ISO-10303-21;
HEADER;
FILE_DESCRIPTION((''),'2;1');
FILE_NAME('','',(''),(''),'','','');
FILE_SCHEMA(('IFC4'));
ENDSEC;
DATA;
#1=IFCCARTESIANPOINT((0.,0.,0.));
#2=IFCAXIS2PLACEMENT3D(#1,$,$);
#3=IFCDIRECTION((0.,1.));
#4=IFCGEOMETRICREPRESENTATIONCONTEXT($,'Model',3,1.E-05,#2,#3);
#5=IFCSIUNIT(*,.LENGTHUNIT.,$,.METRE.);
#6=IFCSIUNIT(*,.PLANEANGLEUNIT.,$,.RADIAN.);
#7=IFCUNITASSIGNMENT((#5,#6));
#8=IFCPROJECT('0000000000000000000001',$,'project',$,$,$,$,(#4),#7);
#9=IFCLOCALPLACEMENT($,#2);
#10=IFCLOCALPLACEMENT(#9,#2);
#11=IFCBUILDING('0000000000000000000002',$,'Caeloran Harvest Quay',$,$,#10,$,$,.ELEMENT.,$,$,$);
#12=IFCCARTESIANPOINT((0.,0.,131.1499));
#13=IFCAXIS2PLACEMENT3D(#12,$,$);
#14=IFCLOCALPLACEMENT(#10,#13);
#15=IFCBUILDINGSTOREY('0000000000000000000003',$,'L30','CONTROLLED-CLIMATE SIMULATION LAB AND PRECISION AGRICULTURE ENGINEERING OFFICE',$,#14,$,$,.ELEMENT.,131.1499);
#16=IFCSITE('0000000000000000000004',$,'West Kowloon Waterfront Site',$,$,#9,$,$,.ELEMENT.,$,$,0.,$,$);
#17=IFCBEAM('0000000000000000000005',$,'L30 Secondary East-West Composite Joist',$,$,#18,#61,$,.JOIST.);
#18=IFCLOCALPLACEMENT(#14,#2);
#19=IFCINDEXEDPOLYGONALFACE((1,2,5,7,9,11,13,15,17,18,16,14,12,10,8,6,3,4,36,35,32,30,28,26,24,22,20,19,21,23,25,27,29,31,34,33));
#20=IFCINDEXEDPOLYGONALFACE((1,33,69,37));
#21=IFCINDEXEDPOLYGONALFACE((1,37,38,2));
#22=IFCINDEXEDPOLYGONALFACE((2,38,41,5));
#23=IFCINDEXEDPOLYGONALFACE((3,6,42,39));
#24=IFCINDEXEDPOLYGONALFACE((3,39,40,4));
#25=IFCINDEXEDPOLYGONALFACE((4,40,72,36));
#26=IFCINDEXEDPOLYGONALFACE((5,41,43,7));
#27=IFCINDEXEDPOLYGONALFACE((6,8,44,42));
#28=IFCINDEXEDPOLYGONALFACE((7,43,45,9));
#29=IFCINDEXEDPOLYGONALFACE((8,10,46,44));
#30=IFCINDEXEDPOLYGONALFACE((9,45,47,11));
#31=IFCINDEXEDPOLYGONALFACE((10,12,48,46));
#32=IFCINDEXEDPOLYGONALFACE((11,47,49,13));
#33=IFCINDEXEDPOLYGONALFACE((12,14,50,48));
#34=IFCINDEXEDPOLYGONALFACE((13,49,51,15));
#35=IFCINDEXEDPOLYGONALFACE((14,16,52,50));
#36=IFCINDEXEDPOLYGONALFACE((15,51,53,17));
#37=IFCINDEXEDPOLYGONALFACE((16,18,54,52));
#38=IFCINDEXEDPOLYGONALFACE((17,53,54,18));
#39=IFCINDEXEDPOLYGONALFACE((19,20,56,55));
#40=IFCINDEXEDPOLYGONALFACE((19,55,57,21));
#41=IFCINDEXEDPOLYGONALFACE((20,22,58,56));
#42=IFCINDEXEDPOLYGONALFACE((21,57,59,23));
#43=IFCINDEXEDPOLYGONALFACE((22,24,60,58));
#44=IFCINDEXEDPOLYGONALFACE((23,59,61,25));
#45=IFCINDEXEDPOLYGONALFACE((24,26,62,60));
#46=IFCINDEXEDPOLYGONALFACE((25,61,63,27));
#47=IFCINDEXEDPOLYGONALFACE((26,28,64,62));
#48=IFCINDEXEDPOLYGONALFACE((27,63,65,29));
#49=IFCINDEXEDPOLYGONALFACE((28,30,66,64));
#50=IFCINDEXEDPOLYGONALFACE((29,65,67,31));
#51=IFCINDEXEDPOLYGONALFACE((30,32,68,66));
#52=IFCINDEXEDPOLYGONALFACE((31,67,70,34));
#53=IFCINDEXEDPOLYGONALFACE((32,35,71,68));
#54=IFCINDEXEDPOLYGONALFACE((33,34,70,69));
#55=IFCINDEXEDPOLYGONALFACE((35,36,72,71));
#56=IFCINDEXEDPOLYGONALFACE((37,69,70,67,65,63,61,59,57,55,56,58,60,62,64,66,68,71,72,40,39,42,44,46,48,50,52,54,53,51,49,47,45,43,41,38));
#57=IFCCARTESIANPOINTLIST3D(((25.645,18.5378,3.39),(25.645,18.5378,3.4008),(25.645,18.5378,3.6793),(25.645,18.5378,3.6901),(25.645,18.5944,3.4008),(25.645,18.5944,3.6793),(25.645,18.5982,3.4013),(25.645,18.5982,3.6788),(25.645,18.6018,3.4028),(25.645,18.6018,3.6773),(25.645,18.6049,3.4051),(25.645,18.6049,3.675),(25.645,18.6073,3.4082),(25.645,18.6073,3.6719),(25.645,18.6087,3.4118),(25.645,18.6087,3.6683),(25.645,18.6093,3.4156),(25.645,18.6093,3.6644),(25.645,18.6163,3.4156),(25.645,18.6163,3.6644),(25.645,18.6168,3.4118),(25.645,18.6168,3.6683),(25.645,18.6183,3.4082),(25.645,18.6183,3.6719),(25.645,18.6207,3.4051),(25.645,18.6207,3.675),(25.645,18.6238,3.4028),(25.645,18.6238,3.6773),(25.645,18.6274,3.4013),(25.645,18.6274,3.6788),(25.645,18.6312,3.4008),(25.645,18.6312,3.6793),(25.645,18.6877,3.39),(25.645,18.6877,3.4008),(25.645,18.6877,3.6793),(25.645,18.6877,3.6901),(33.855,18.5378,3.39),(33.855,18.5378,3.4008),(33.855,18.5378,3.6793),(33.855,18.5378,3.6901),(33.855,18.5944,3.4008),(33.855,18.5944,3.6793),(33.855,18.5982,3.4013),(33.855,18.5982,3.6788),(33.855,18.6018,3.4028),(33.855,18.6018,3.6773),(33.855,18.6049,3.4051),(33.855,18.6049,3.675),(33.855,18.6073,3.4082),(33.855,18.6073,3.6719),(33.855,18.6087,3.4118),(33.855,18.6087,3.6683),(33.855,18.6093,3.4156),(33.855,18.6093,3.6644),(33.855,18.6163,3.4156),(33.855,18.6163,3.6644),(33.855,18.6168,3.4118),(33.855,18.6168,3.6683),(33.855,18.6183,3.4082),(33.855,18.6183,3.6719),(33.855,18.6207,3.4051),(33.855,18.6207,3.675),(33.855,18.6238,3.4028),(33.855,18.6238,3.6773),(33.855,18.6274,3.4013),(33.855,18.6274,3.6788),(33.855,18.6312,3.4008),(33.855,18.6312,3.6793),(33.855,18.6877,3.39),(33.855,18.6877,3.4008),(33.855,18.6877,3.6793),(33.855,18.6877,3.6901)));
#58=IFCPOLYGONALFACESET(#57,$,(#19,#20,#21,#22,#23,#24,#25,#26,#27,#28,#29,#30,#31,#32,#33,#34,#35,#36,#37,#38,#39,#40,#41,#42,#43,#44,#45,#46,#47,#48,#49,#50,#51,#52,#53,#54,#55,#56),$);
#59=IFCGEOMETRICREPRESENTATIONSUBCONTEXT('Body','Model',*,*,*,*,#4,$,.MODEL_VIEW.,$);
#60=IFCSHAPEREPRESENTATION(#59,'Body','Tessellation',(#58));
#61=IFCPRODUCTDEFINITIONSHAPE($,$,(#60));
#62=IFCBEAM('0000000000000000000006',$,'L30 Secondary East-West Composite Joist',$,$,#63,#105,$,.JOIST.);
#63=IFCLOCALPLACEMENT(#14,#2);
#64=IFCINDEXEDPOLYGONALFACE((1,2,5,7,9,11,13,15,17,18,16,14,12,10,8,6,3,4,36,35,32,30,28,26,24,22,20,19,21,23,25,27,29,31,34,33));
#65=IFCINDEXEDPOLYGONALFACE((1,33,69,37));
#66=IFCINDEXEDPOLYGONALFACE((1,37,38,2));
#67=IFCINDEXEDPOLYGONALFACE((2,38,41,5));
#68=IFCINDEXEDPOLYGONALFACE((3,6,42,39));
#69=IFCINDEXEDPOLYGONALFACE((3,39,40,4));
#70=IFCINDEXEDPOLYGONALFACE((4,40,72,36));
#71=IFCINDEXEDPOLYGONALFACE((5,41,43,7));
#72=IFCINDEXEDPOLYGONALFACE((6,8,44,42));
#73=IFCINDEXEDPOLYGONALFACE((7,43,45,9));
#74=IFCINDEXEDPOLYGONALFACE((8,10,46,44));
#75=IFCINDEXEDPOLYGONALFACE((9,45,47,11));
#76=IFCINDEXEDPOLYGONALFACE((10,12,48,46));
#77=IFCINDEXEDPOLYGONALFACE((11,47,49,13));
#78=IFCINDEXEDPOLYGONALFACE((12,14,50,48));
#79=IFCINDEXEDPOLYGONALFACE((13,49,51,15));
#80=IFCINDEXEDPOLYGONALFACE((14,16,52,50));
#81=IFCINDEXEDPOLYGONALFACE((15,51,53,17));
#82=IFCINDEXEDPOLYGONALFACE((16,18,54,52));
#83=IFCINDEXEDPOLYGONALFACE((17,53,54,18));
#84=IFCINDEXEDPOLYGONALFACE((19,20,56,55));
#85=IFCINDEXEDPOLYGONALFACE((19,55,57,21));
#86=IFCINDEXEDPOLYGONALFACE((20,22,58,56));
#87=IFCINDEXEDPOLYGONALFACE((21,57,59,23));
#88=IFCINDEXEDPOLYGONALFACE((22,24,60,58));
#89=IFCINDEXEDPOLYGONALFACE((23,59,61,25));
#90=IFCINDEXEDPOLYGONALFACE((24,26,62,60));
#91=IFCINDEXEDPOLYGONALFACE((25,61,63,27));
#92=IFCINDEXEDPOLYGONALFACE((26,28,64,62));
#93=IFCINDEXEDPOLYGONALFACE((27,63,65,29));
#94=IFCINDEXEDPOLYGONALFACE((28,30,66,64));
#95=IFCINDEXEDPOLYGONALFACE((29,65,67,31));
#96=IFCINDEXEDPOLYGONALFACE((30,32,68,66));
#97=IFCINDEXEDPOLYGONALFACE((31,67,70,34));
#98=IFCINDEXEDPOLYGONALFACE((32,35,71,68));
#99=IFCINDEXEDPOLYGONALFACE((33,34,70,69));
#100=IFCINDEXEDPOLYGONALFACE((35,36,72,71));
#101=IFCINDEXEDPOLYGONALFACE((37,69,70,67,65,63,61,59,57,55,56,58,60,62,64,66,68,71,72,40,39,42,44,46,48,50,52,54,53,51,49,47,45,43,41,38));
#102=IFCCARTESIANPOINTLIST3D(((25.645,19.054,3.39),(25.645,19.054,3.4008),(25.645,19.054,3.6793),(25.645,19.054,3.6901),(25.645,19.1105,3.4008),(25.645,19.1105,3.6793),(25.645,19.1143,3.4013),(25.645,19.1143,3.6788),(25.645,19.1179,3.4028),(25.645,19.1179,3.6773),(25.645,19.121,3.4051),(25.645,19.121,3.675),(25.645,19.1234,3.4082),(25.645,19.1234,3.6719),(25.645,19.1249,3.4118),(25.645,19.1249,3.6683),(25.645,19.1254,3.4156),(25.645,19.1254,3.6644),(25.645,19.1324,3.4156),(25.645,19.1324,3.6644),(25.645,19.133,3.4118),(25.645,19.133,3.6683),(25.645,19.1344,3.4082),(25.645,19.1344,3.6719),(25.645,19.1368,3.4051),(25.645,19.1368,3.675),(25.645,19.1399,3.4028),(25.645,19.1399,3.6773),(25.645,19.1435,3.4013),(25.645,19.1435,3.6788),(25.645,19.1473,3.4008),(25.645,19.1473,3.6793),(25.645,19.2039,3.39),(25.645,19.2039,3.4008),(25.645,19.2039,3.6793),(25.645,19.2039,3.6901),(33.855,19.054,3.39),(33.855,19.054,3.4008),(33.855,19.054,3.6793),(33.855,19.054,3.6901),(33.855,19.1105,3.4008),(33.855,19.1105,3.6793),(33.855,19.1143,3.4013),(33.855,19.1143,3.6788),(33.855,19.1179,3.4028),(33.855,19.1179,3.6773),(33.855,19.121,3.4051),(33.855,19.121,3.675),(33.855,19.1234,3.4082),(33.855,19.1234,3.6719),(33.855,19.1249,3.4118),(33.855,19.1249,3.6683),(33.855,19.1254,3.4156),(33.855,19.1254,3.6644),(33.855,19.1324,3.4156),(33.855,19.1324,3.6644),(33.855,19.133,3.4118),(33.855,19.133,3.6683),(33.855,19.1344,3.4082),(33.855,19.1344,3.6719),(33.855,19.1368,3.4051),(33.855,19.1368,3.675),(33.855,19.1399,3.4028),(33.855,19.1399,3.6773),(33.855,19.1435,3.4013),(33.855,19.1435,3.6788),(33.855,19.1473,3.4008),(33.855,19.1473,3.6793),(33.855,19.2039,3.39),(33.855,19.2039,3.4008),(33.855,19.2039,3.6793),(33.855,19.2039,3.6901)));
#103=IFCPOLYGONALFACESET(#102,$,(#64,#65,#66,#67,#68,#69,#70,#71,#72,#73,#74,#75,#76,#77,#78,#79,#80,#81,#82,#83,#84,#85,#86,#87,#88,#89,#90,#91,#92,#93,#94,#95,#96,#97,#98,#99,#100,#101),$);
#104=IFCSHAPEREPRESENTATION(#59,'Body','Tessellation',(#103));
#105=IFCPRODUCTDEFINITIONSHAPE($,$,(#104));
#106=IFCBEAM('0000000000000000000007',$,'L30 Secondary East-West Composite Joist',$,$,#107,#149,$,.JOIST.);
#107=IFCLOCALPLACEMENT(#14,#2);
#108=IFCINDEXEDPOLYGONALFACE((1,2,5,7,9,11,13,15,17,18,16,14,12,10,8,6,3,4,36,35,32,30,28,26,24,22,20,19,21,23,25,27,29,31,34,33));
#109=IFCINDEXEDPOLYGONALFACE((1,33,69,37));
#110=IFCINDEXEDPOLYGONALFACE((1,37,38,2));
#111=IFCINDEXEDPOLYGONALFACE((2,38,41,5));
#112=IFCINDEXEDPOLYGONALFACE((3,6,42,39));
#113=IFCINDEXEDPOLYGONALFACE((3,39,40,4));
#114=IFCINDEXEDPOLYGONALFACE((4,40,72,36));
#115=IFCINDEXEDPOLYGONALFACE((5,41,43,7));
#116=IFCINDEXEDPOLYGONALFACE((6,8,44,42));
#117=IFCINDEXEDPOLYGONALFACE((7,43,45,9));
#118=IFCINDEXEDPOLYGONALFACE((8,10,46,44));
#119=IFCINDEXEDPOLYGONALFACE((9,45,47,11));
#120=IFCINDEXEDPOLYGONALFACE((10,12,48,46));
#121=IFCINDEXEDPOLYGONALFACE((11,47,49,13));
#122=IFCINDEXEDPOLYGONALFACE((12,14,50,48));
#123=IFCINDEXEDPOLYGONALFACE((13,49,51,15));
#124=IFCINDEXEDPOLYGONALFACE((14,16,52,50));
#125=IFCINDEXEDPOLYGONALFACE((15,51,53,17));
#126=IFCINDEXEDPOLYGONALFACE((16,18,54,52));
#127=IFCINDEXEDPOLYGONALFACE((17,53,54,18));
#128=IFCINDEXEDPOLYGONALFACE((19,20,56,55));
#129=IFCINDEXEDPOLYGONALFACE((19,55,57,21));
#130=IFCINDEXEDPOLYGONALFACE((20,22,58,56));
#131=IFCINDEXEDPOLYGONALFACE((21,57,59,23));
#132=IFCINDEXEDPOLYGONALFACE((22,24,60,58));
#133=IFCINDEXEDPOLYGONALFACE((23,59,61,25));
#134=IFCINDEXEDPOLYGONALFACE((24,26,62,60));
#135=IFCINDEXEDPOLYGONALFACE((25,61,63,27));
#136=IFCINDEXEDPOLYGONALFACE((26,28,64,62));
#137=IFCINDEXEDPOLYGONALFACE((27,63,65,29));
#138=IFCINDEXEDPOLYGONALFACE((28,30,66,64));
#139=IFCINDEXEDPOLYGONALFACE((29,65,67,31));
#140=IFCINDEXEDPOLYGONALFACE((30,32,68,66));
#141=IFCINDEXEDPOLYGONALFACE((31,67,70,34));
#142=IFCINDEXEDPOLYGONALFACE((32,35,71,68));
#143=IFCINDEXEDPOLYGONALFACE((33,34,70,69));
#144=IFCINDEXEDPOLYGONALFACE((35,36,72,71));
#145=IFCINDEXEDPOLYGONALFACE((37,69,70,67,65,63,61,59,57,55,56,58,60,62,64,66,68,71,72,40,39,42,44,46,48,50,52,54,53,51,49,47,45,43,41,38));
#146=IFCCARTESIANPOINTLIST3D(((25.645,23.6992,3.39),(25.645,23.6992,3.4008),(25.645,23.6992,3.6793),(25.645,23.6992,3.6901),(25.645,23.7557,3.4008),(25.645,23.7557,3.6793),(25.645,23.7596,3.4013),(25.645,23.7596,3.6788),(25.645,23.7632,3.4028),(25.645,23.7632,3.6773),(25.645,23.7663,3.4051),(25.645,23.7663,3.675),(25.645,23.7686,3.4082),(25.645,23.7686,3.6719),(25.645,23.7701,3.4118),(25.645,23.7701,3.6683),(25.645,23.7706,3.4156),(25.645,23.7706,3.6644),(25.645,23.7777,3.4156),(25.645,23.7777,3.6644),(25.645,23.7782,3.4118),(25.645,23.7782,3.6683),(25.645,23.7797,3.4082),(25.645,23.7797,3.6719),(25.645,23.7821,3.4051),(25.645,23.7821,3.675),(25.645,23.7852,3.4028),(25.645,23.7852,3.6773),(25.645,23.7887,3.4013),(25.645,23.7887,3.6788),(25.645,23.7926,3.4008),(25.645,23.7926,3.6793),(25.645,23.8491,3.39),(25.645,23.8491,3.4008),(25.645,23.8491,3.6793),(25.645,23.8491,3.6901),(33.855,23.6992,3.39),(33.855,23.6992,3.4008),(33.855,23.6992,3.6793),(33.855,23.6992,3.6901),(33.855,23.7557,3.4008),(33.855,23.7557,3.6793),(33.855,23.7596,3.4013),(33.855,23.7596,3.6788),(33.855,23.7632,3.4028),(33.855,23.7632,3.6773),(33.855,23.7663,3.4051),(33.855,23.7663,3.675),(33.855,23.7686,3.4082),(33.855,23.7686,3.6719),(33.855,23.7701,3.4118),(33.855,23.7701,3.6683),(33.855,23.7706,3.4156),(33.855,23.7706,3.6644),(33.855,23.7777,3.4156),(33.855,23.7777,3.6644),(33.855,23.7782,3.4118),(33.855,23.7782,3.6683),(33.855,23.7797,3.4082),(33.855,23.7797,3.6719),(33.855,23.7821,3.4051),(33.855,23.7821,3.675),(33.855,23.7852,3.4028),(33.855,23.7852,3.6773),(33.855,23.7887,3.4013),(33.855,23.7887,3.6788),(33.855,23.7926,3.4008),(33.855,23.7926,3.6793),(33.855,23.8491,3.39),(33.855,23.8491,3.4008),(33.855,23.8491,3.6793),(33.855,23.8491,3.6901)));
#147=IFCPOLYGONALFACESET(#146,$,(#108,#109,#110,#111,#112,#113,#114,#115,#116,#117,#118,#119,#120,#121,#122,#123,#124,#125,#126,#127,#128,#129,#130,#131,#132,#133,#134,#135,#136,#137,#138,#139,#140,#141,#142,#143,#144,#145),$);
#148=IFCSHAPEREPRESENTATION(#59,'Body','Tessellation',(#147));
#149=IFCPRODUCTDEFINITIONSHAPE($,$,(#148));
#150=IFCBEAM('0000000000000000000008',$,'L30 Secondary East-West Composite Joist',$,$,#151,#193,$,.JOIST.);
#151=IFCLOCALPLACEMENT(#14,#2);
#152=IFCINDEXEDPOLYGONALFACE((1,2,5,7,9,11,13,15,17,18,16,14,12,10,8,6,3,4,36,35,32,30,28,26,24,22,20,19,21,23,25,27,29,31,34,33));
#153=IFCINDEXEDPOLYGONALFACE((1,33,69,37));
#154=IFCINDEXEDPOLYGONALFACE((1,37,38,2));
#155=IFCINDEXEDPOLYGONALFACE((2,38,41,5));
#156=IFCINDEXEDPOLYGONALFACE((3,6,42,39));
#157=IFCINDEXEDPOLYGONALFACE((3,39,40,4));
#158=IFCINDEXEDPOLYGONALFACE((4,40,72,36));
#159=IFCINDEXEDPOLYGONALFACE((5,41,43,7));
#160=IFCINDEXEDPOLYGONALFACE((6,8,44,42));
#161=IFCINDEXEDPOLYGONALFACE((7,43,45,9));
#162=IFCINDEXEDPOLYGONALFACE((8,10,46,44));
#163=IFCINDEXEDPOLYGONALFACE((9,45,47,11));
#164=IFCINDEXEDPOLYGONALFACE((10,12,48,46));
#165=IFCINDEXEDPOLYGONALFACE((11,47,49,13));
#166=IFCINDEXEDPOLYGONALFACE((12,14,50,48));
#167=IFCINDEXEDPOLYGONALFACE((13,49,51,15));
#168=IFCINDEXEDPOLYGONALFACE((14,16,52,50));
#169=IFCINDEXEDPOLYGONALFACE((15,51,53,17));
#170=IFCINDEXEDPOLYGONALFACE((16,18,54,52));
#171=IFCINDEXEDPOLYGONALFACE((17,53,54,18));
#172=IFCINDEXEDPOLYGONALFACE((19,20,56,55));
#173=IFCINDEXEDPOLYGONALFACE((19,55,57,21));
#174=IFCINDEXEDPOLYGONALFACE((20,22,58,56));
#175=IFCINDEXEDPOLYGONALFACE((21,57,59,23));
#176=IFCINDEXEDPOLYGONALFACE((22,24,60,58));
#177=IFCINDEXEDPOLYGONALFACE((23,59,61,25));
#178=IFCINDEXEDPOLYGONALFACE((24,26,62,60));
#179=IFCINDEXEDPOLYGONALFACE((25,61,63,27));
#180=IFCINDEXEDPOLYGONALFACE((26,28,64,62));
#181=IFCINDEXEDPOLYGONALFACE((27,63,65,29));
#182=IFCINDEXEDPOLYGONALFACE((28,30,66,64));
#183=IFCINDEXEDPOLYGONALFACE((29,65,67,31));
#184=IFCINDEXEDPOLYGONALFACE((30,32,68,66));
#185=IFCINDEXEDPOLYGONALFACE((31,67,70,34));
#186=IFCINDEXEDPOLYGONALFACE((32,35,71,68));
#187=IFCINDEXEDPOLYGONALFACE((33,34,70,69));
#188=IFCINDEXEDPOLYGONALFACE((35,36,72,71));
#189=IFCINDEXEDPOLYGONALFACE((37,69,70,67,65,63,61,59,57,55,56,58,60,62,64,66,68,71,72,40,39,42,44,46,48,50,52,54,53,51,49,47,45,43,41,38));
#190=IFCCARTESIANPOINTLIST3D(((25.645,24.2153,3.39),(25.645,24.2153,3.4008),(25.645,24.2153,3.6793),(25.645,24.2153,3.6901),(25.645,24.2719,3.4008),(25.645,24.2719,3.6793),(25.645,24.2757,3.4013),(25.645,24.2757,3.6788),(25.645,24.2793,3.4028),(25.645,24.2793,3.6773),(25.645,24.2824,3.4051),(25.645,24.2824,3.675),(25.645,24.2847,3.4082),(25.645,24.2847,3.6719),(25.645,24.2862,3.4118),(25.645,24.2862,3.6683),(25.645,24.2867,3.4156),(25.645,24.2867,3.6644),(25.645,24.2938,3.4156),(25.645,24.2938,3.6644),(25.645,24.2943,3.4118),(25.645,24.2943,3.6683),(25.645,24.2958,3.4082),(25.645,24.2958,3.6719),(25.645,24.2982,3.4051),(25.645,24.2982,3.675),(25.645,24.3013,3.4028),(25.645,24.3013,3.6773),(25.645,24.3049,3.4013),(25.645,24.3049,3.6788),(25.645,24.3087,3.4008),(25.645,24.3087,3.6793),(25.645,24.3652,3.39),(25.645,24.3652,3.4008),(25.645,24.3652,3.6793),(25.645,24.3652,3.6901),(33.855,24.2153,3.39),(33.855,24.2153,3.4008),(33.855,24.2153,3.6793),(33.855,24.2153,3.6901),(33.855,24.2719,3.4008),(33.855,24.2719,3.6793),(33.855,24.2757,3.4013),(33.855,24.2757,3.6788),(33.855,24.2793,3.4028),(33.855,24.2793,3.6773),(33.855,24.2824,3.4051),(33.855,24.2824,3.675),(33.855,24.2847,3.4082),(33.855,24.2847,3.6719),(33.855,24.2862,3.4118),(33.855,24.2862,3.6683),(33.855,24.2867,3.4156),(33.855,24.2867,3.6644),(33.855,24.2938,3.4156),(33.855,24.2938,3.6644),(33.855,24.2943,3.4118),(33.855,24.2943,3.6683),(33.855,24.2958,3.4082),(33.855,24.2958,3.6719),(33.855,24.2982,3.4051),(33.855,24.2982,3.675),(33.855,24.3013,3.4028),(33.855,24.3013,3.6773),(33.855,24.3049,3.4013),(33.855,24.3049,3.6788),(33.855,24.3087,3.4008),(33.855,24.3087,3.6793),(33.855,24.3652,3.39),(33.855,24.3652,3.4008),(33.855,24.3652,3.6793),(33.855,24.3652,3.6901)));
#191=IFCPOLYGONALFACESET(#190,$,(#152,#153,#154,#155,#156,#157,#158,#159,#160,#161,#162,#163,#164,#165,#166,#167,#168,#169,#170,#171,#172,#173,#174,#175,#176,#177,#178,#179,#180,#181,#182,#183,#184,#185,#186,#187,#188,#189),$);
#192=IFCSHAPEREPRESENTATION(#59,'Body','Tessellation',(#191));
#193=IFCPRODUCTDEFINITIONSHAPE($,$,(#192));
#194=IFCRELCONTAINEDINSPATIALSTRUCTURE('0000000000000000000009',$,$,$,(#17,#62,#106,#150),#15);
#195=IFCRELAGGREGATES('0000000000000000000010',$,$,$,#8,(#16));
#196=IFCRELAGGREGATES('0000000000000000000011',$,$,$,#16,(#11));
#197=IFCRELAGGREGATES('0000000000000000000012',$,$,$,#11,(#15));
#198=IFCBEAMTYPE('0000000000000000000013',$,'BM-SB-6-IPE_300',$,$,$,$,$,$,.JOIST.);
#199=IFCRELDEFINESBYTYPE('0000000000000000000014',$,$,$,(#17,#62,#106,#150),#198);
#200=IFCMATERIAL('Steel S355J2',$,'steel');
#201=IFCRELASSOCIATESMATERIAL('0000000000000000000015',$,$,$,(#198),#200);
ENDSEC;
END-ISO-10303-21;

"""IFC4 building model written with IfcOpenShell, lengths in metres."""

from ifc_helpers import new_model, si_unit, direction, frame, origin, origin_2d, place, context, subcontext, project, spatial, i_section, extrude, material, material_profile, profile_set, type_object, element, save


model = new_model("IFC4")

# Units and contexts
model_context = context("Model", 3, precision=1e-05, world=origin(), true_north=direction((0.0, 1.0)))
body_context = subcontext(model_context, "Body", "Model", "MODEL_VIEW")
ifc_project = project(units=[si_unit("LENGTHUNIT", "METRE"), si_unit("PLANEANGLEUNIT", "RADIAN")], contexts=[model_context])

# Site, building, storey
site_placement = place(None, origin())
site = spatial("IfcSite", under=ifc_project, at=site_placement, Name="West Kowloon Waterfront Site", CompositionType="ELEMENT", RefElevation=0.0)
building_placement = place(site_placement, origin())
building = spatial("IfcBuilding", under=site, at=building_placement, Name="Caeloran Harvest Quay", CompositionType="ELEMENT")
storey_placement = place(building_placement, frame((0.0, 0.0, 131.1499)))
storey = spatial("IfcBuildingStorey", under=building, at=storey_placement, Name="L30", Description="CONTROLLED-CLIMATE SIMULATION LAB AND PRECISION AGRICULTURE ENGINEERING OFFICE", CompositionType="ELEMENT", Elevation=131.1499)

# Beams
ifc_material_1 = material(Name="Steel S355J2", Category="steel")
ifc_material_profile_1 = material_profile(ifc_material_1, i_section(OverallWidth=0.1499, OverallDepth=0.3, WebThickness=0.0071, FlangeThickness=0.0107, FilletRadius=0.0149, at=origin_2d()), Name="IPE 300")
ifc_profile_set_1 = profile_set([ifc_material_profile_1], Name="Steel S355J2")
beam_type_1 = type_object("IfcBeamType", Name="BM-SB-6-IPE_300", PredefinedType="JOIST", material=ifc_profile_set_1)
for number, where, z_axis, x_axis, name in (
    (1, (25.645, 18.6128, 3.54), (1.0, 0.0, 0.0), (0.0, 1.0, 0.0), "L30 Secondary East-West Composite Joist"),
    (2, (25.645, 19.1289, 3.54), (1.0, 0.0, 0.0), (0.0, 1.0, 0.0), "L30 Secondary East-West Composite Joist"),
    (3, (25.645, 23.7742, 3.54), (1.0, 0.0, 0.0), (0.0, 1.0, 0.0), "L30 Secondary East-West Composite Joist"),
    (4, (25.645, 24.2903, 3.54), (1.0, 0.0, 0.0), (0.0, 1.0, 0.0), "L30 Secondary East-West Composite Joist"),
):
    element("IfcBeam", number, at=place(storey_placement, frame(where, z_axis=z_axis, x_axis=x_axis)), inside=storey, type_object=beam_type_1, Name=name, PredefinedType="JOIST", context=body_context, shape_type="SweptSolid", body=[
        extrude(i_section(OverallWidth=0.1499, OverallDepth=0.3, WebThickness=0.0071, FlangeThickness=0.0107, FilletRadius=0.0149, at=origin_2d()), origin(), (0.0, 0.0, 1.0), 8.21),
    ])

save(model, "model.ifc")
